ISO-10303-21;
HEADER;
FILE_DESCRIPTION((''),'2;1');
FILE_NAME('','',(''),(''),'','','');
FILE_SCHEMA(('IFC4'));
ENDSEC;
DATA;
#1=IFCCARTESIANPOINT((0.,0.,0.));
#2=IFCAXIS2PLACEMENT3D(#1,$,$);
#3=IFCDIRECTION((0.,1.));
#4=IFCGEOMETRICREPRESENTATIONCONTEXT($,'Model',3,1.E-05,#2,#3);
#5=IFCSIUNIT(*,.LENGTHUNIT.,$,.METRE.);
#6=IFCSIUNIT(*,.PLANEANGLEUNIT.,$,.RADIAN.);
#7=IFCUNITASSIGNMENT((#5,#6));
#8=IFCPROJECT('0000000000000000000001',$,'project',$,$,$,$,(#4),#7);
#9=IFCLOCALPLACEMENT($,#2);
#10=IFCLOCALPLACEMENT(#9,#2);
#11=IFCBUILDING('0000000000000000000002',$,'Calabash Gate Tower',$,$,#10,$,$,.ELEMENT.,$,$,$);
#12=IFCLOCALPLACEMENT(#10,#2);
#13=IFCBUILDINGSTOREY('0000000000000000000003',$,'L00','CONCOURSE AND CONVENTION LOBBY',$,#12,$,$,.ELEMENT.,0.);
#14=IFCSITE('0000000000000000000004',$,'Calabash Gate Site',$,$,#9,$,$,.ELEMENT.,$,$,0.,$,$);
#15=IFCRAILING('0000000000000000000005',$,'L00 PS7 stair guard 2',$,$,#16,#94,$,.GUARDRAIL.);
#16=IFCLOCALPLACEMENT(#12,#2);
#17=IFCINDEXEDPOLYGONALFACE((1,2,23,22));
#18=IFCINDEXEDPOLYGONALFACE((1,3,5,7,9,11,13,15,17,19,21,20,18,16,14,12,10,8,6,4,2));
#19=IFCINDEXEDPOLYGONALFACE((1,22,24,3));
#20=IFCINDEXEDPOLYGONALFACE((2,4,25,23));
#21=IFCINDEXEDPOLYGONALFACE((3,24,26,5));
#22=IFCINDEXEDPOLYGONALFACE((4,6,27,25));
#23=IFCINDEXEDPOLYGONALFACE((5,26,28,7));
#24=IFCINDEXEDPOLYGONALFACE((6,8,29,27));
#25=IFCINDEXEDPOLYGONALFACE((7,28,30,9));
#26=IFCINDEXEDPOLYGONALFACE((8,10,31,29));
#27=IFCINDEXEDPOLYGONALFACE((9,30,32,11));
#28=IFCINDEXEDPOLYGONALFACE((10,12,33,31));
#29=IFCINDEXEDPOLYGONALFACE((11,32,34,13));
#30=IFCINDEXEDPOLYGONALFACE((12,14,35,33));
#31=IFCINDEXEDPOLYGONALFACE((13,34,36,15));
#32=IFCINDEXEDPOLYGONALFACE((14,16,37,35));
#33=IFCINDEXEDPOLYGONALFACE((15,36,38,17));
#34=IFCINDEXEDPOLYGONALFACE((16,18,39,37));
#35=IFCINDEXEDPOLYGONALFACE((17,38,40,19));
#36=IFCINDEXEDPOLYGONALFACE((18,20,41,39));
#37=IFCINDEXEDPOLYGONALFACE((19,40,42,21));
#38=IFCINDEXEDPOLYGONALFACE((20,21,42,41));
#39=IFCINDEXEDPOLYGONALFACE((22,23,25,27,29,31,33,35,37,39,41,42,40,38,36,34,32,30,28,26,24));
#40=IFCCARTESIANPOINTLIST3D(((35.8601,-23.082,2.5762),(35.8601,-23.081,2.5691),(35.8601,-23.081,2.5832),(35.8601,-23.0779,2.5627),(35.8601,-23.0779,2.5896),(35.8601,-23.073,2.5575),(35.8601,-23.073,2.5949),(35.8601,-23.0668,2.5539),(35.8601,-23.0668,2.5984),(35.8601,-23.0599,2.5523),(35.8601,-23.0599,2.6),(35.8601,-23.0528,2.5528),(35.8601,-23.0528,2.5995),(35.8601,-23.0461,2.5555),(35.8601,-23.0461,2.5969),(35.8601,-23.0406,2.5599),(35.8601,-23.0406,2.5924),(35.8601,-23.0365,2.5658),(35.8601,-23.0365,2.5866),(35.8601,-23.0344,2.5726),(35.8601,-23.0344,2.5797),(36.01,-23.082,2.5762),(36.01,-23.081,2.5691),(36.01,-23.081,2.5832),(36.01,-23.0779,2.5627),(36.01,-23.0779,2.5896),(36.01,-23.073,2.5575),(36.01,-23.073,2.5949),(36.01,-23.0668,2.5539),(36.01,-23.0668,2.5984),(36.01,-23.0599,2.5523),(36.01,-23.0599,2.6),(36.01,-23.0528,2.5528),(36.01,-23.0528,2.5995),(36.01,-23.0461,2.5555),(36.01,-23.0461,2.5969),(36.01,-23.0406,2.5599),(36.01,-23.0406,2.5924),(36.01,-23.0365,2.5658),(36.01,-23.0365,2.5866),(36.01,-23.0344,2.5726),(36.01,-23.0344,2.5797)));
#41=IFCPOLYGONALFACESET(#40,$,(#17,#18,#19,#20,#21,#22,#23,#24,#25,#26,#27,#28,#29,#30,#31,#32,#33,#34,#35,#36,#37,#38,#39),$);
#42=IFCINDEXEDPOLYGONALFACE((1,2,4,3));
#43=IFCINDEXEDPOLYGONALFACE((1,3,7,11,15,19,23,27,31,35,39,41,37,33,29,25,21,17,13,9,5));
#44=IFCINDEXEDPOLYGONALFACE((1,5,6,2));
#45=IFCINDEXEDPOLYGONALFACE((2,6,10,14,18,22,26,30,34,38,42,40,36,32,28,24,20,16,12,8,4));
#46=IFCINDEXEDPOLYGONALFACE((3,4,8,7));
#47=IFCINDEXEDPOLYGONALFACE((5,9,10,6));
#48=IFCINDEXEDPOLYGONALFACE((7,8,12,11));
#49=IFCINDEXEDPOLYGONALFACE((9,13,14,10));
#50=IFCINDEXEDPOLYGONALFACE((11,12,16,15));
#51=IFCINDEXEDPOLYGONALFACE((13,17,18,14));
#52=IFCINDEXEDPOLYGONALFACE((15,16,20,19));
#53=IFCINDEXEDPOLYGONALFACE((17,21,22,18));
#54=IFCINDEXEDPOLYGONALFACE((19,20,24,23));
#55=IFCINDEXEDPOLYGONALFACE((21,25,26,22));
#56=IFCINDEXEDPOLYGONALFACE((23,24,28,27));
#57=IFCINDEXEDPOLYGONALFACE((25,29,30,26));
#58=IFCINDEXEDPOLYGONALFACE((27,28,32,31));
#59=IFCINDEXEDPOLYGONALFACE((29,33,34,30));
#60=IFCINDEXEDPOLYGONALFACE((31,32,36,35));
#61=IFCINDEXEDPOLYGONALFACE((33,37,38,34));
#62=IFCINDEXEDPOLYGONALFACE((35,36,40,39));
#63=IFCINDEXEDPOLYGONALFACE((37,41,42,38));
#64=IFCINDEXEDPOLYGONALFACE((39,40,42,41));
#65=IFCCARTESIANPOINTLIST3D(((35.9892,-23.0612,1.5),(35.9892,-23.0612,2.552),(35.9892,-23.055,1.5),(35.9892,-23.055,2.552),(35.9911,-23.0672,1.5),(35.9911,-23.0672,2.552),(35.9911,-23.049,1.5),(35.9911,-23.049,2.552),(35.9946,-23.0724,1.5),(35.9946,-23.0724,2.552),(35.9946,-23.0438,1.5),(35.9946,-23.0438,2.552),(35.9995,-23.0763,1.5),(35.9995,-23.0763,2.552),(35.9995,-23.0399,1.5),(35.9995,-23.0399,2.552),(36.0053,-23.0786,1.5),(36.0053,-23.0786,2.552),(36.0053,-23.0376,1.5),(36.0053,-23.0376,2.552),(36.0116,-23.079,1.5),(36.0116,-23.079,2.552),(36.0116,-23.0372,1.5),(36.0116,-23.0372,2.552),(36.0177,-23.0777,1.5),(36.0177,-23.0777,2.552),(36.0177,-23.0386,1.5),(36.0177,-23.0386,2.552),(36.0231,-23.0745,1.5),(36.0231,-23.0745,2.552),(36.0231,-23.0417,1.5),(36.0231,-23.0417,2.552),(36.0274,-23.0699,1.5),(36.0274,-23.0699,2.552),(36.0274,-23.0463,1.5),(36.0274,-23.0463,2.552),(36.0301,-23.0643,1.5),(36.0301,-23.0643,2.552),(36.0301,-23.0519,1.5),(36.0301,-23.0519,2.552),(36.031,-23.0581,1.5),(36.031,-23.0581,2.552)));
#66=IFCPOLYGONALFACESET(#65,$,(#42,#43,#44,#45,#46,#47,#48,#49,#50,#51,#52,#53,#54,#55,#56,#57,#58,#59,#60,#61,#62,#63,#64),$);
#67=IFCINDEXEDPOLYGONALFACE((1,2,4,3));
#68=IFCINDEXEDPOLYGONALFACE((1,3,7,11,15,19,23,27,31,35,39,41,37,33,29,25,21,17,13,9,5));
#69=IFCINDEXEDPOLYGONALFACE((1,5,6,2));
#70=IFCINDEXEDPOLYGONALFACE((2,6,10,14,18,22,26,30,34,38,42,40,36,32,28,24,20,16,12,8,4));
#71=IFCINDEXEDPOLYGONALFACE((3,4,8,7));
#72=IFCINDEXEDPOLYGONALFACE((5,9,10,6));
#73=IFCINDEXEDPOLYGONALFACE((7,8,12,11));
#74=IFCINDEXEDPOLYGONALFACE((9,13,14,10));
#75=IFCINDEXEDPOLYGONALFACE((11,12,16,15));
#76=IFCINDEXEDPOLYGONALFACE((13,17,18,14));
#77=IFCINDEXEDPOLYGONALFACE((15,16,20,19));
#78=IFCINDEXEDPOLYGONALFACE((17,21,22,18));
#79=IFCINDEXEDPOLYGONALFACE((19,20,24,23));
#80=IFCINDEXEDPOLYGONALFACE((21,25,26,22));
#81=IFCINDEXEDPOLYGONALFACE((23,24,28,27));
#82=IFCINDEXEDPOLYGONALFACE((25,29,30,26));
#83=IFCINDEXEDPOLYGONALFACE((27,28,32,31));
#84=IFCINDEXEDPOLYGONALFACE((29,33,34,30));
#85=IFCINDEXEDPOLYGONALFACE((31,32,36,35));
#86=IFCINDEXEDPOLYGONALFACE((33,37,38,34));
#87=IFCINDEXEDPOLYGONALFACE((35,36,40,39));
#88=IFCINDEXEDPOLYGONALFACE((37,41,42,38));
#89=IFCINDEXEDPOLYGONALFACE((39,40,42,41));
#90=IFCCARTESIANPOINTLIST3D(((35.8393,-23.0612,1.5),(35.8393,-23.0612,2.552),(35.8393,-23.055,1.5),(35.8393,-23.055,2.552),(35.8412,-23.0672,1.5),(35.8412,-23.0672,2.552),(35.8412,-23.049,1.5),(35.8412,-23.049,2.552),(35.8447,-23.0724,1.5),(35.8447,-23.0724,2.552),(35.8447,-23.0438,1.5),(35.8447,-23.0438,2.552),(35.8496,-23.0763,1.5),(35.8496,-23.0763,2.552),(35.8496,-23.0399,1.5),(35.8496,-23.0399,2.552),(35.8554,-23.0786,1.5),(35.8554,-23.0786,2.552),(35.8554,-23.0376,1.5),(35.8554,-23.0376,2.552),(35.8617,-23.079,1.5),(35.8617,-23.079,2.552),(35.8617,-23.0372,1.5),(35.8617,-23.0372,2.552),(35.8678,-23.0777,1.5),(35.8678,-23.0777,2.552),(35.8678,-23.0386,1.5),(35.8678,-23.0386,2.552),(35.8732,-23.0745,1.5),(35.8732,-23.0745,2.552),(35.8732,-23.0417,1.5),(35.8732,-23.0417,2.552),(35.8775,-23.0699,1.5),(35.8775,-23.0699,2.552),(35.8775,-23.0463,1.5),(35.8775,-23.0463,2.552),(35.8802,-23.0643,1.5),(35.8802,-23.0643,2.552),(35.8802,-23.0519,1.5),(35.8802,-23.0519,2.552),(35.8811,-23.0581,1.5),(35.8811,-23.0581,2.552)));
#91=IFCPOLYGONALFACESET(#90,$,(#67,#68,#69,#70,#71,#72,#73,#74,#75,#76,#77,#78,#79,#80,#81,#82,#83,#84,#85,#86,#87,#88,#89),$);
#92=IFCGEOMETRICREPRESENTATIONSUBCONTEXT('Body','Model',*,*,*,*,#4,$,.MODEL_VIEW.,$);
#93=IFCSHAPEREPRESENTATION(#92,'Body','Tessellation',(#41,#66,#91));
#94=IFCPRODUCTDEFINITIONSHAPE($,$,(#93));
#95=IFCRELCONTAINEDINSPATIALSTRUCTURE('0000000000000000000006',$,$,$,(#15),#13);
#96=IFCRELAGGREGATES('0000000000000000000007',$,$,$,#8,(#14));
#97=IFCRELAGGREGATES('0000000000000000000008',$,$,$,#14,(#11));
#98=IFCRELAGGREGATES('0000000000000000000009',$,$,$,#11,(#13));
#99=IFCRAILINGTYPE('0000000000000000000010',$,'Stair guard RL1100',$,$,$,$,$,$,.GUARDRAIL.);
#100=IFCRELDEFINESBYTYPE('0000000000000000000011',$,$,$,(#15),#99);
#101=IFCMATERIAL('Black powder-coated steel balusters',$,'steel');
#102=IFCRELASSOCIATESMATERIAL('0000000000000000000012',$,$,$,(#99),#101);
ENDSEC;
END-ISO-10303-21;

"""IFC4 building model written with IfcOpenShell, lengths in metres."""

from ifc_helpers import new_model, si_unit, direction, frame, origin, origin_2d, place, context, subcontext, project, spatial, circle, extrude, material, type_object, element, save


model = new_model("IFC4")

# Units and contexts
model_context = context("Model", 3, precision=1e-05, world=origin(), true_north=direction((0.0, 1.0)))
body_context = subcontext(model_context, "Body", "Model", "MODEL_VIEW")
ifc_project = project(units=[si_unit("LENGTHUNIT", "METRE"), si_unit("PLANEANGLEUNIT", "RADIAN")], contexts=[model_context])

# Site, building, storey
site_placement = place(None, origin())
site = spatial("IfcSite", under=ifc_project, at=site_placement, Name="Calabash Gate Site", CompositionType="ELEMENT", RefElevation=0.0)
building_placement = place(site_placement, origin())
building = spatial("IfcBuilding", under=site, at=building_placement, Name="Calabash Gate Tower", CompositionType="ELEMENT")
storey_placement = place(building_placement, origin())
storey = spatial("IfcBuildingStorey", under=building, at=storey_placement, Name="L00", Description="CONCOURSE AND CONVENTION LOBBY", CompositionType="ELEMENT", Elevation=0.0)

# Railing
ifc_material_1 = material(Name="Black powder-coated steel balusters", Category="steel")
railing_type_1 = type_object("IfcRailingType", Name="Stair guard RL1100", PredefinedType="GUARDRAIL", material=ifc_material_1)
railing_1_placement = place(storey_placement, frame((36.01, -23.0581, 1.5)))
element("IfcRailing", 1, at=railing_1_placement, inside=storey, type_object=railing_type_1, Name="L00 PS7 stair guard 2", PredefinedType="GUARDRAIL", context=body_context, shape_type="SweptSolid", body=[
    extrude(circle(Radius=0.0239, at=origin_2d()), frame((0.0, 0.0, 1.0762), z_axis=(-1.0, 0.0, 0.0), x_axis=(0.0, -1.0, 0.0)), (0.0, 0.0, 1.0), 0.1499),
    extrude(circle(Radius=0.021, at=origin_2d()), origin(), (0.0, 0.0, 1.0), 1.052),
    extrude(circle(Radius=0.021, at=origin_2d()), frame((-0.1499, 0.0, 0.0)), (0.0, 0.0, 1.0), 1.052),
])

save(model, "model.ifc")
